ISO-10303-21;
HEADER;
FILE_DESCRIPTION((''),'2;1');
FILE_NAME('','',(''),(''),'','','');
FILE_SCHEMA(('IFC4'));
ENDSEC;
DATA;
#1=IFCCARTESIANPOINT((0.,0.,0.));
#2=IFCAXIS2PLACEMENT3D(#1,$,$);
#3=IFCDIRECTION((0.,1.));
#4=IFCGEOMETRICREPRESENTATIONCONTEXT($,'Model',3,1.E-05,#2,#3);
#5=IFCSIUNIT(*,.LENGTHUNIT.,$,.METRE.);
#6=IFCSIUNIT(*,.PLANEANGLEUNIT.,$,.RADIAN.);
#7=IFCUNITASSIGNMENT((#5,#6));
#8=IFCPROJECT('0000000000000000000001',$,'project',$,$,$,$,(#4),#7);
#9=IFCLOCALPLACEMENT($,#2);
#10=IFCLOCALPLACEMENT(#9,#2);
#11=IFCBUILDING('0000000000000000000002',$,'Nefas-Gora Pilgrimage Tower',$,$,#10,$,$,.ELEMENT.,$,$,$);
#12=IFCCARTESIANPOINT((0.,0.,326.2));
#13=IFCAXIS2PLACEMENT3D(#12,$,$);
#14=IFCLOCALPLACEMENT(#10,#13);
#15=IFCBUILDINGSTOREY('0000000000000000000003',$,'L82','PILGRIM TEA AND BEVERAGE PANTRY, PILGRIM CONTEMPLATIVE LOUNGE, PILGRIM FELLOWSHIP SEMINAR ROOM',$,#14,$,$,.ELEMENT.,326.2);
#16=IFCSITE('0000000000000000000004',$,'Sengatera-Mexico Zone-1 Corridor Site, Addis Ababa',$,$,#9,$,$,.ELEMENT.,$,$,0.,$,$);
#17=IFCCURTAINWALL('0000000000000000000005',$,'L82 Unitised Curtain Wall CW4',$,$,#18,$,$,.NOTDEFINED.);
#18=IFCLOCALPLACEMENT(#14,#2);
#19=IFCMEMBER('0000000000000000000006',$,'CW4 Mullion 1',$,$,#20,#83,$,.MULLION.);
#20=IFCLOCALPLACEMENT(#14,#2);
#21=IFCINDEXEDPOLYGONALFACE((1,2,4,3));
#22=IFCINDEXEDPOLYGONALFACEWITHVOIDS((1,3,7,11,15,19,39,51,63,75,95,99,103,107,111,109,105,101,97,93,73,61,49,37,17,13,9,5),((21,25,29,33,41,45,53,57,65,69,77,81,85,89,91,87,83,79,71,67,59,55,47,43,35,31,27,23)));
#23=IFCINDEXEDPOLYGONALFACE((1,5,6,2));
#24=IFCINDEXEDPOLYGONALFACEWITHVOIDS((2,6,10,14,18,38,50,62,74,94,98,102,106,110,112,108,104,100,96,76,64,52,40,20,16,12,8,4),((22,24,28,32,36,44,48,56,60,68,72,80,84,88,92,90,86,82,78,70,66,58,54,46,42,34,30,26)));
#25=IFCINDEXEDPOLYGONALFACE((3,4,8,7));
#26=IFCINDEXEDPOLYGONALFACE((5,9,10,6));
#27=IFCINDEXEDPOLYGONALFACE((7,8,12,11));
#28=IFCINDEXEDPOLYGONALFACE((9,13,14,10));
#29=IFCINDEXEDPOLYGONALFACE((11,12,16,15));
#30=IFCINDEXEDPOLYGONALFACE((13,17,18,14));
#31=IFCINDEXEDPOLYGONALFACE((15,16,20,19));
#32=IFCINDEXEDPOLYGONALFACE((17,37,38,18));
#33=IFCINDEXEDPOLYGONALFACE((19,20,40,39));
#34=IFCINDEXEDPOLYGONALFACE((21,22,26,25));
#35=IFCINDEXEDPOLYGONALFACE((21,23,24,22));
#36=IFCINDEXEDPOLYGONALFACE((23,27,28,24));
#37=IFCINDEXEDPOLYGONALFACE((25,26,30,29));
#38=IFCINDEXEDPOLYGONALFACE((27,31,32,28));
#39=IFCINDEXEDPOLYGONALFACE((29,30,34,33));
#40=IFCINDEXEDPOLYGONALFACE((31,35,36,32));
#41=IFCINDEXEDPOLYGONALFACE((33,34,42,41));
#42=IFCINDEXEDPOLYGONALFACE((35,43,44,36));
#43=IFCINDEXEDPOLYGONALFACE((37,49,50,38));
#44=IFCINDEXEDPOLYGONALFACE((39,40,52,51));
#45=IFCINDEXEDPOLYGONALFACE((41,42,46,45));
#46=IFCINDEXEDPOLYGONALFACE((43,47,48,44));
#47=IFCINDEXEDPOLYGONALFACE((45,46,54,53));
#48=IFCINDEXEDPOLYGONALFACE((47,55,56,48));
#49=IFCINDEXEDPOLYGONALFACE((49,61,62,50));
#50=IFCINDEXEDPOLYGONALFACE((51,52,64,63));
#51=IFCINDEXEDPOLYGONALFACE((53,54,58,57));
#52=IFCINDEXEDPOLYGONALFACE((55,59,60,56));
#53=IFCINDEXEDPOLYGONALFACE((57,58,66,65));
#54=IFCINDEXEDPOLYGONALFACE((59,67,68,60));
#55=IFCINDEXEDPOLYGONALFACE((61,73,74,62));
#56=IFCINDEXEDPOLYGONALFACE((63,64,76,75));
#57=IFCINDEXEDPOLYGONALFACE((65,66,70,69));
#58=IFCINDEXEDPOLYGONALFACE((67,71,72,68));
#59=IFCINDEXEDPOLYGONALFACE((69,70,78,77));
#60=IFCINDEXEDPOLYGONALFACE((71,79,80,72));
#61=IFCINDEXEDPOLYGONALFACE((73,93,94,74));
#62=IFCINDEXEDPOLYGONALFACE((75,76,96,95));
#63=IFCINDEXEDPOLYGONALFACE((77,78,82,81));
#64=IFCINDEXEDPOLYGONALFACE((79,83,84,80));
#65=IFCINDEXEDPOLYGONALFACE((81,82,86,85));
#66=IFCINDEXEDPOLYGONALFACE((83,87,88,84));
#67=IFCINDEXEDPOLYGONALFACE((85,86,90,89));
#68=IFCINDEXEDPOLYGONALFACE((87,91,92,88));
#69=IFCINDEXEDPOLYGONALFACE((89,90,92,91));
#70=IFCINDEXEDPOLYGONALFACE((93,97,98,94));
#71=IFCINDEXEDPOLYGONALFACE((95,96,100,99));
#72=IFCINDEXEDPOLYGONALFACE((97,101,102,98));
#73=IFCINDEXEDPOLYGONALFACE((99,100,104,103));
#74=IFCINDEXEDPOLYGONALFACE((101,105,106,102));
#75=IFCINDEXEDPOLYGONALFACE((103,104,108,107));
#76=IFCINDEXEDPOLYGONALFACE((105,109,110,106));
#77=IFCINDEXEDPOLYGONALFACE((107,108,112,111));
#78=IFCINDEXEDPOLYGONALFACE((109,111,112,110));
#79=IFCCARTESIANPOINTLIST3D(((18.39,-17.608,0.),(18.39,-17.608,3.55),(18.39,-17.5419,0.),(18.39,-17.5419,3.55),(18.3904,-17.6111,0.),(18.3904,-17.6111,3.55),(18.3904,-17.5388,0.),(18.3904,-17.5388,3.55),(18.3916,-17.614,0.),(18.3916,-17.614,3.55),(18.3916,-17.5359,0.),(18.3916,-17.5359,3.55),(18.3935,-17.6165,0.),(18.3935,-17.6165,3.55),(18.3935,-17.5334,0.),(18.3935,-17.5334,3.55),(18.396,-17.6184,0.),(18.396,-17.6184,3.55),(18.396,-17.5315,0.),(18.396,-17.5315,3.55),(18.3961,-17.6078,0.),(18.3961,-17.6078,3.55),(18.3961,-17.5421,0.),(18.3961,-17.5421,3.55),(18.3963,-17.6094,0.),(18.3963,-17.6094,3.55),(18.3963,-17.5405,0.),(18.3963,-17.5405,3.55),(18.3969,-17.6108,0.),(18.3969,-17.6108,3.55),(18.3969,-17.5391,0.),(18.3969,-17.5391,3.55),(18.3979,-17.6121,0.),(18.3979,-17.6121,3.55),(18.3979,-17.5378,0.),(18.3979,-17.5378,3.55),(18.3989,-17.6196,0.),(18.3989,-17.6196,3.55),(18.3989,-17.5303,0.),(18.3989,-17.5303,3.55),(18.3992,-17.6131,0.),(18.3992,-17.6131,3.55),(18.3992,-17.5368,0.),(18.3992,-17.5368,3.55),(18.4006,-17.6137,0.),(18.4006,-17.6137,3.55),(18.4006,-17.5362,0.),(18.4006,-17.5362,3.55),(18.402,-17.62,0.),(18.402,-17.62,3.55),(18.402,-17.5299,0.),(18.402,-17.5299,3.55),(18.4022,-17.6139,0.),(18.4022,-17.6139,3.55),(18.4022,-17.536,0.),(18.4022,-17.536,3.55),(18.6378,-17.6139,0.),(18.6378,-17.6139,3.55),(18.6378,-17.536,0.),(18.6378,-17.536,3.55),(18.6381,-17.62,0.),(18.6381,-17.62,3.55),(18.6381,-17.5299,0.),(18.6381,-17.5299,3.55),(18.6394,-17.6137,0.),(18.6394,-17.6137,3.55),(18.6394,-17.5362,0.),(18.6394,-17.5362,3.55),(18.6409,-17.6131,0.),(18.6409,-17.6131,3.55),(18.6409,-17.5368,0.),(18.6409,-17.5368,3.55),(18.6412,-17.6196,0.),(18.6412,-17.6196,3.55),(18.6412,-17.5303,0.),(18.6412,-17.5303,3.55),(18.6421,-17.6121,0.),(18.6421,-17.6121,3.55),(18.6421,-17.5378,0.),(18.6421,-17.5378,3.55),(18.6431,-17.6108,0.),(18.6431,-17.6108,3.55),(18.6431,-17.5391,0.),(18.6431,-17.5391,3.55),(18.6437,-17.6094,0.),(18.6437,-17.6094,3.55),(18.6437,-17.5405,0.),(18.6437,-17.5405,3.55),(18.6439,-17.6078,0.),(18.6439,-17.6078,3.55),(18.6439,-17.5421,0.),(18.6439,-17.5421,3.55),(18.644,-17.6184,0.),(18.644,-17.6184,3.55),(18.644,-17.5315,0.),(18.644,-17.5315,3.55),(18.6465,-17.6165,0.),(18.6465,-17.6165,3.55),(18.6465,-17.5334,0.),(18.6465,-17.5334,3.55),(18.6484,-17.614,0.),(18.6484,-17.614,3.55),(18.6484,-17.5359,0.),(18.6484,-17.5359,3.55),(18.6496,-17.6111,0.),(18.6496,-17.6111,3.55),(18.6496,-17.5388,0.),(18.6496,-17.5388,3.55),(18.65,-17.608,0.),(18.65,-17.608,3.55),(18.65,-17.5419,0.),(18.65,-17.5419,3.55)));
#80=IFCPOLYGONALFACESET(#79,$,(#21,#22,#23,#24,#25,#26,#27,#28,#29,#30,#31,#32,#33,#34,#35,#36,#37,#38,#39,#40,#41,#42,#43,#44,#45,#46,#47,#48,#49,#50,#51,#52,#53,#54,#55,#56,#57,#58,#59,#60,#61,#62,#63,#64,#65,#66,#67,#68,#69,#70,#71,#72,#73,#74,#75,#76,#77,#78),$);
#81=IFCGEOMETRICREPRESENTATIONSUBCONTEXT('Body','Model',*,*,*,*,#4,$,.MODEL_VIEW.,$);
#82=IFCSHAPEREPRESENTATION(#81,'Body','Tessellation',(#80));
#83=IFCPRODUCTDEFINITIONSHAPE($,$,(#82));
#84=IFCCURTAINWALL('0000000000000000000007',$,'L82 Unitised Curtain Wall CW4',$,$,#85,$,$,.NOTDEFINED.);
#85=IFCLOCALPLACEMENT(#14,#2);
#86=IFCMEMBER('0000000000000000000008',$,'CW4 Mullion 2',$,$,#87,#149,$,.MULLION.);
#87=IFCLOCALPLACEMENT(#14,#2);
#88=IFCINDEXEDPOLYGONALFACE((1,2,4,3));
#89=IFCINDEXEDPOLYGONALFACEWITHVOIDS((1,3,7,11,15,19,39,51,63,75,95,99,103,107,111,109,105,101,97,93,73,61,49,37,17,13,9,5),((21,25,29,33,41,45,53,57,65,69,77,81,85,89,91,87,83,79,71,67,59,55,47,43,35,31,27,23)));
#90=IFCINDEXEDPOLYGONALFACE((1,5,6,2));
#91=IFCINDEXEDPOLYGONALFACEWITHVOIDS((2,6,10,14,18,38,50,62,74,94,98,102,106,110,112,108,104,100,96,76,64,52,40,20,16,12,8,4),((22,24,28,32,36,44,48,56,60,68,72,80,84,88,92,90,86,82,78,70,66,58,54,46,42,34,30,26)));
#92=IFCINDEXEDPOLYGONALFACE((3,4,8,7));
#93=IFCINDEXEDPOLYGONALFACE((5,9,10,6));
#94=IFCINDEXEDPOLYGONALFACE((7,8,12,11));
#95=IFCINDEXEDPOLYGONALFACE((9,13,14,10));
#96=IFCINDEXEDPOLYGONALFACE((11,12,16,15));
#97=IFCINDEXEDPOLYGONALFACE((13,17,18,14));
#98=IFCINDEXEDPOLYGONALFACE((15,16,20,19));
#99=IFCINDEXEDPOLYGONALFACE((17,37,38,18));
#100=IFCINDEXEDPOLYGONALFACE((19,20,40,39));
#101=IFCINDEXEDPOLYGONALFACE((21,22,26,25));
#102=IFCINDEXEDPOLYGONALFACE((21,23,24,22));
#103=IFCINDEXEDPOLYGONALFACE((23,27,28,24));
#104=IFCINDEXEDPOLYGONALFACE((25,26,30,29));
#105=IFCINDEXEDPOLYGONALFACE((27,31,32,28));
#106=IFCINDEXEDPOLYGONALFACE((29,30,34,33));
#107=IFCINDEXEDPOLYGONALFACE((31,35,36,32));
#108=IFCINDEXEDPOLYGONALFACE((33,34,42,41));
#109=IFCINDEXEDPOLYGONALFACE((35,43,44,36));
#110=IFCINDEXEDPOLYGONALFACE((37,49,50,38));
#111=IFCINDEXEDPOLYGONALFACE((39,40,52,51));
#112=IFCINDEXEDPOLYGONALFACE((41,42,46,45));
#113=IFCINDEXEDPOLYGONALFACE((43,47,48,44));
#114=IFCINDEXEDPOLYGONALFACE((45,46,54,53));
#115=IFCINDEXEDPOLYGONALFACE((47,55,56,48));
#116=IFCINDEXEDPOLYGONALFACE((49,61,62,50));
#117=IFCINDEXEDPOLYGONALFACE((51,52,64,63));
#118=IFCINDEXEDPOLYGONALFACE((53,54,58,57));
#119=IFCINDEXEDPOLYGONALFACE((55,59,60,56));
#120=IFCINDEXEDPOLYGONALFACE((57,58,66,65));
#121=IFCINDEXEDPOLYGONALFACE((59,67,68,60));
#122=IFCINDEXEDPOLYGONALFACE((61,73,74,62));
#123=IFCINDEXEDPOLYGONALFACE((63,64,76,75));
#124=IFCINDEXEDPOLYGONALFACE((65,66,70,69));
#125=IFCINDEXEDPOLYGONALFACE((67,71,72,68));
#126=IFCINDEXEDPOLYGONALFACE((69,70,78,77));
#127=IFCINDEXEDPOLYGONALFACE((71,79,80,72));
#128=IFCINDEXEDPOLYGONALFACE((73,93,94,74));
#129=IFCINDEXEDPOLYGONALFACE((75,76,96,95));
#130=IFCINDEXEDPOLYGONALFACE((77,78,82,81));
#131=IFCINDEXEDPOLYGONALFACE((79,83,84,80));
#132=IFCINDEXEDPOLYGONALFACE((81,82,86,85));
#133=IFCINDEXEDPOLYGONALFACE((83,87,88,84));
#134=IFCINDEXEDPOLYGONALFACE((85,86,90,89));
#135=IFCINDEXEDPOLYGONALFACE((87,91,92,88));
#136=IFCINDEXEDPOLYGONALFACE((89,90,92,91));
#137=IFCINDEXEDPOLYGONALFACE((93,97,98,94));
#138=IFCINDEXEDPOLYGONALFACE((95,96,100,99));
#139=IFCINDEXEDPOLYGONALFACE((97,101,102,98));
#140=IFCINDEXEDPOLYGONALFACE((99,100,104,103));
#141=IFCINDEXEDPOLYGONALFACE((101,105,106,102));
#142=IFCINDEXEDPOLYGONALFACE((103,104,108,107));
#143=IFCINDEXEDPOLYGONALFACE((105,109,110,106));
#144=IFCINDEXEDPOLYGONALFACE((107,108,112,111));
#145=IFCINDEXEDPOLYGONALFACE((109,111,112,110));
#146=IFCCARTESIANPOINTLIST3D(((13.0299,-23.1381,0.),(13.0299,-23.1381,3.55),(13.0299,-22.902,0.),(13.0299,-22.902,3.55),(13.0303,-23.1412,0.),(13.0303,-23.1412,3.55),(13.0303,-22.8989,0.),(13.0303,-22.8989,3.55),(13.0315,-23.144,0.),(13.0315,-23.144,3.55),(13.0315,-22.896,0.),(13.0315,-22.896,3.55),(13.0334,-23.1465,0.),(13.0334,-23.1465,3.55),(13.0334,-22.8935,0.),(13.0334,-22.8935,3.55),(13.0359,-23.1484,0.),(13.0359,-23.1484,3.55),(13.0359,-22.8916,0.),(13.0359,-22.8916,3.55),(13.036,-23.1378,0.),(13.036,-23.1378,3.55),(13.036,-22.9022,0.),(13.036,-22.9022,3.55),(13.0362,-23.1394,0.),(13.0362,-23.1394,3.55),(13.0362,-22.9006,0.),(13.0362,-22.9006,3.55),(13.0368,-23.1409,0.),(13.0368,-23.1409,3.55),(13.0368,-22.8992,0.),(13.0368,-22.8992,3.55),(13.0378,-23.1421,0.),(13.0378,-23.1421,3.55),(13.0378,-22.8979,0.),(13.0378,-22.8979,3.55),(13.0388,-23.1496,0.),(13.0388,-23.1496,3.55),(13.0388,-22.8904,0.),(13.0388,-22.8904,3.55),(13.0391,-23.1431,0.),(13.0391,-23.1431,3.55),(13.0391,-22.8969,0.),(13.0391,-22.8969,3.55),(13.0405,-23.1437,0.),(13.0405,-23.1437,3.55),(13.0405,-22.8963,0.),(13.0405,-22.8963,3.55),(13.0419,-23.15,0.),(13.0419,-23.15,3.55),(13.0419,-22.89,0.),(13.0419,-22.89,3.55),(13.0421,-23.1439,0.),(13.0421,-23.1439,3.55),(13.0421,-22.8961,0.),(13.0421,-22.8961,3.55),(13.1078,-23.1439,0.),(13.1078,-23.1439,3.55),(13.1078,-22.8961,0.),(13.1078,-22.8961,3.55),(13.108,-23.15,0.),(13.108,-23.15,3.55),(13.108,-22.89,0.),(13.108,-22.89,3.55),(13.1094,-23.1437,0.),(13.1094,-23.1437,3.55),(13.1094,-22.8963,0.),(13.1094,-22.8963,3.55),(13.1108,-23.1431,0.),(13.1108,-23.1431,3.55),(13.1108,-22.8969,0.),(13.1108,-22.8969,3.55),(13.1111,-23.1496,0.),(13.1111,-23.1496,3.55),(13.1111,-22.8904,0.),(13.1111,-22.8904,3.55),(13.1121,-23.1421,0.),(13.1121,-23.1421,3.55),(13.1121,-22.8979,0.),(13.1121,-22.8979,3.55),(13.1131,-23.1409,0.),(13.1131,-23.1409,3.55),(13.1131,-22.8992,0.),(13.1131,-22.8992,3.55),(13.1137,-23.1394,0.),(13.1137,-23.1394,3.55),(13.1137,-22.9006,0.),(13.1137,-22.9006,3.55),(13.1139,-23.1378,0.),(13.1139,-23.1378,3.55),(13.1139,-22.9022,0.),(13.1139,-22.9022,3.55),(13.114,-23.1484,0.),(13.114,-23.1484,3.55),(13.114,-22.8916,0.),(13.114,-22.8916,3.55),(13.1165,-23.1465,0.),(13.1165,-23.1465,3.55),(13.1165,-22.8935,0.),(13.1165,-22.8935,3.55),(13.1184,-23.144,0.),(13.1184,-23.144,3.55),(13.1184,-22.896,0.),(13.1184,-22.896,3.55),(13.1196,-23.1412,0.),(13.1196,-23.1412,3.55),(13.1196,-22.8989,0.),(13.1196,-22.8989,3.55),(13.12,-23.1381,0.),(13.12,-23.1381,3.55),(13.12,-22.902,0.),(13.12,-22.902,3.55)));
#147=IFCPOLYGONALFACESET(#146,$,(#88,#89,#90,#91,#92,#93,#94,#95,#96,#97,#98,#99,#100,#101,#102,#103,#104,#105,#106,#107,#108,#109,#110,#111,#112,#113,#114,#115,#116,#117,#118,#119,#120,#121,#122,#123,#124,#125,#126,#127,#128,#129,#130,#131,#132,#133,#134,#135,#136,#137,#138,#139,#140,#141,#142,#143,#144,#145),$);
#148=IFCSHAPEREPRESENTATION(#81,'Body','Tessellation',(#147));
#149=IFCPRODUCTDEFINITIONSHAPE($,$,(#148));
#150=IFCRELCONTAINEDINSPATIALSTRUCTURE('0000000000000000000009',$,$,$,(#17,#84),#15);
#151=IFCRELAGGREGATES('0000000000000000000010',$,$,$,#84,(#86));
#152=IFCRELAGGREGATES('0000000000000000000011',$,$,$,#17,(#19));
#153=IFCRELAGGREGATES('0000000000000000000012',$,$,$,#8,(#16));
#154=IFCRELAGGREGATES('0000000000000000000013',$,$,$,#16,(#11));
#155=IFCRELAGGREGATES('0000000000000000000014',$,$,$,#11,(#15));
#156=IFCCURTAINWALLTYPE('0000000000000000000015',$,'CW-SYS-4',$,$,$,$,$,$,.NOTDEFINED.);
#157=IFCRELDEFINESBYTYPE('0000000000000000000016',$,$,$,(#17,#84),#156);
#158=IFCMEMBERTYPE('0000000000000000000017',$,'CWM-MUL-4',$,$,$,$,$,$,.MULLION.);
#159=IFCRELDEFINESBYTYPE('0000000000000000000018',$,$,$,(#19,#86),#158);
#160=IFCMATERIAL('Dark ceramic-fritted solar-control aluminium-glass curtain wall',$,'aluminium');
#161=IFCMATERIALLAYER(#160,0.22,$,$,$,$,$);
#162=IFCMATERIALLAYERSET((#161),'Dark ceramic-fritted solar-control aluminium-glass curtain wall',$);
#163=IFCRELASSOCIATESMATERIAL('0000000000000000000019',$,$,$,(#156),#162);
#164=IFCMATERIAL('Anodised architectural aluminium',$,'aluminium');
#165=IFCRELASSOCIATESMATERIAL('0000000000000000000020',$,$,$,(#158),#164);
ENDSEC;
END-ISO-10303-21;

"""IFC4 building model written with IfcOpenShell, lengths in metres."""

from ifc_helpers import new_model, si_unit, direction, frame, origin, origin_2d, place, context, subcontext, project, spatial, hollow_rectangle, extrude, source, transform, mapped, material, layer, layer_set, material_profile, profile_set, type_object, element, aggregate, save


model = new_model("IFC4")

# Units and contexts
model_context = context("Model", 3, precision=1e-05, world=origin(), true_north=direction((0.0, 1.0)))
body_context = subcontext(model_context, "Body", "Model", "MODEL_VIEW")
ifc_project = project(units=[si_unit("LENGTHUNIT", "METRE"), si_unit("PLANEANGLEUNIT", "RADIAN")], contexts=[model_context])

# Site, building, storey
site_placement = place(None, origin())
site = spatial("IfcSite", under=ifc_project, at=site_placement, Name="Sengatera-Mexico Zone-1 Corridor Site, Addis Ababa", CompositionType="ELEMENT", RefElevation=0.0)
building_placement = place(site_placement, origin())
building = spatial("IfcBuilding", under=site, at=building_placement, Name="Nefas-Gora Pilgrimage Tower", CompositionType="ELEMENT")
storey_placement = place(building_placement, frame((0.0, 0.0, 326.2)))
storey = spatial("IfcBuildingStorey", under=building, at=storey_placement, Name="L82", Description="PILGRIM TEA AND BEVERAGE PANTRY, PILGRIM CONTEMPLATIVE LOUNGE, PILGRIM FELLOWSHIP SEMINAR ROOM", CompositionType="ELEMENT", Elevation=326.2)

# Curtain walls, members
ifc_material_1 = material(Name="Dark ceramic-fritted solar-control aluminium-glass curtain wall", Category="aluminium")
ifc_layer_1 = layer(ifc_material_1, 0.22)
ifc_layer_set_1 = layer_set([ifc_layer_1], Name="Dark ceramic-fritted solar-control aluminium-glass curtain wall")
curtain_wall_type = type_object("IfcCurtainWallType", Name="CW-SYS-4", PredefinedType="NOTDEFINED", material=ifc_layer_set_1)
curtain_wall_1_placement = place(storey_placement, origin())
curtain_wall_1 = element("IfcCurtainWall", 1, at=curtain_wall_1_placement, inside=storey, type_object=curtain_wall_type, Name="L82 Unitised Curtain Wall CW4", PredefinedType="NOTDEFINED")
ifc_material_2 = material(Name="Anodised architectural aluminium", Category="aluminium")
ifc_material_profile_1 = material_profile(ifc_material_2, hollow_rectangle(XDim=0.0901, YDim=0.26, WallThickness=0.0061, InnerFilletRadius=0.0061, OuterFilletRadius=0.012, at=origin_2d()), Name="ALU MULLION 90x260")
ifc_profile_set_1 = profile_set([ifc_material_profile_1], Name="Anodised architectural aluminium")
member_type_1 = type_object("IfcMemberType", Name="CWM-MUL-4", PredefinedType="MULLION", material=ifc_profile_set_1)
shared_shape_1 = source(origin(), body_context, "Body", "SweptSolid", [
    extrude(hollow_rectangle(XDim=0.0901, YDim=0.26, WallThickness=0.0061, InnerFilletRadius=0.0061, OuterFilletRadius=0.012, at=origin_2d()), origin(), (0.0, 0.0, 1.0), 3.55),
])
member_1_placement = place(storey_placement, frame((18.52, -17.575, 0.0), z_axis=(0.0, 0.0, 1.0), x_axis=(0.0, 1.0, 0.0)))
member_1 = element("IfcMember", 2, at=member_1_placement, type_object=member_type_1, Name="CW4 Mullion 1", PredefinedType="MULLION", context=body_context, shape_type="MappedRepresentation", body=[
    mapped(shared_shape_1, transform((0.0, 0.0, 0.0), x_axis=(1.0, 0.0, 0.0), y_axis=(0.0, 1.0, 0.0), z_axis=(0.0, 0.0, 1.0), scale=1.0)),
])
curtain_wall_2_placement = place(storey_placement, origin())
curtain_wall_2 = element("IfcCurtainWall", 3, at=curtain_wall_2_placement, inside=storey, type_object=curtain_wall_type, Name="L82 Unitised Curtain Wall CW4", PredefinedType="NOTDEFINED")
member_2_placement = place(storey_placement, frame((13.075, -23.02, 0.0), z_axis=(0.0, 0.0, 1.0), x_axis=(1.0, 0.0, 0.0)))
member_2 = element("IfcMember", 4, at=member_2_placement, type_object=member_type_1, Name="CW4 Mullion 2", PredefinedType="MULLION", context=body_context, shape_type="MappedRepresentation", body=[
    mapped(shared_shape_1, transform((0.0, 0.0, 0.0), x_axis=(1.0, 0.0, 0.0), y_axis=(0.0, 1.0, 0.0), z_axis=(0.0, 0.0, 1.0), scale=1.0)),
])
aggregate(curtain_wall_2, [member_2])

aggregate(curtain_wall_1, [member_1])

save(model, "model.ifc")
